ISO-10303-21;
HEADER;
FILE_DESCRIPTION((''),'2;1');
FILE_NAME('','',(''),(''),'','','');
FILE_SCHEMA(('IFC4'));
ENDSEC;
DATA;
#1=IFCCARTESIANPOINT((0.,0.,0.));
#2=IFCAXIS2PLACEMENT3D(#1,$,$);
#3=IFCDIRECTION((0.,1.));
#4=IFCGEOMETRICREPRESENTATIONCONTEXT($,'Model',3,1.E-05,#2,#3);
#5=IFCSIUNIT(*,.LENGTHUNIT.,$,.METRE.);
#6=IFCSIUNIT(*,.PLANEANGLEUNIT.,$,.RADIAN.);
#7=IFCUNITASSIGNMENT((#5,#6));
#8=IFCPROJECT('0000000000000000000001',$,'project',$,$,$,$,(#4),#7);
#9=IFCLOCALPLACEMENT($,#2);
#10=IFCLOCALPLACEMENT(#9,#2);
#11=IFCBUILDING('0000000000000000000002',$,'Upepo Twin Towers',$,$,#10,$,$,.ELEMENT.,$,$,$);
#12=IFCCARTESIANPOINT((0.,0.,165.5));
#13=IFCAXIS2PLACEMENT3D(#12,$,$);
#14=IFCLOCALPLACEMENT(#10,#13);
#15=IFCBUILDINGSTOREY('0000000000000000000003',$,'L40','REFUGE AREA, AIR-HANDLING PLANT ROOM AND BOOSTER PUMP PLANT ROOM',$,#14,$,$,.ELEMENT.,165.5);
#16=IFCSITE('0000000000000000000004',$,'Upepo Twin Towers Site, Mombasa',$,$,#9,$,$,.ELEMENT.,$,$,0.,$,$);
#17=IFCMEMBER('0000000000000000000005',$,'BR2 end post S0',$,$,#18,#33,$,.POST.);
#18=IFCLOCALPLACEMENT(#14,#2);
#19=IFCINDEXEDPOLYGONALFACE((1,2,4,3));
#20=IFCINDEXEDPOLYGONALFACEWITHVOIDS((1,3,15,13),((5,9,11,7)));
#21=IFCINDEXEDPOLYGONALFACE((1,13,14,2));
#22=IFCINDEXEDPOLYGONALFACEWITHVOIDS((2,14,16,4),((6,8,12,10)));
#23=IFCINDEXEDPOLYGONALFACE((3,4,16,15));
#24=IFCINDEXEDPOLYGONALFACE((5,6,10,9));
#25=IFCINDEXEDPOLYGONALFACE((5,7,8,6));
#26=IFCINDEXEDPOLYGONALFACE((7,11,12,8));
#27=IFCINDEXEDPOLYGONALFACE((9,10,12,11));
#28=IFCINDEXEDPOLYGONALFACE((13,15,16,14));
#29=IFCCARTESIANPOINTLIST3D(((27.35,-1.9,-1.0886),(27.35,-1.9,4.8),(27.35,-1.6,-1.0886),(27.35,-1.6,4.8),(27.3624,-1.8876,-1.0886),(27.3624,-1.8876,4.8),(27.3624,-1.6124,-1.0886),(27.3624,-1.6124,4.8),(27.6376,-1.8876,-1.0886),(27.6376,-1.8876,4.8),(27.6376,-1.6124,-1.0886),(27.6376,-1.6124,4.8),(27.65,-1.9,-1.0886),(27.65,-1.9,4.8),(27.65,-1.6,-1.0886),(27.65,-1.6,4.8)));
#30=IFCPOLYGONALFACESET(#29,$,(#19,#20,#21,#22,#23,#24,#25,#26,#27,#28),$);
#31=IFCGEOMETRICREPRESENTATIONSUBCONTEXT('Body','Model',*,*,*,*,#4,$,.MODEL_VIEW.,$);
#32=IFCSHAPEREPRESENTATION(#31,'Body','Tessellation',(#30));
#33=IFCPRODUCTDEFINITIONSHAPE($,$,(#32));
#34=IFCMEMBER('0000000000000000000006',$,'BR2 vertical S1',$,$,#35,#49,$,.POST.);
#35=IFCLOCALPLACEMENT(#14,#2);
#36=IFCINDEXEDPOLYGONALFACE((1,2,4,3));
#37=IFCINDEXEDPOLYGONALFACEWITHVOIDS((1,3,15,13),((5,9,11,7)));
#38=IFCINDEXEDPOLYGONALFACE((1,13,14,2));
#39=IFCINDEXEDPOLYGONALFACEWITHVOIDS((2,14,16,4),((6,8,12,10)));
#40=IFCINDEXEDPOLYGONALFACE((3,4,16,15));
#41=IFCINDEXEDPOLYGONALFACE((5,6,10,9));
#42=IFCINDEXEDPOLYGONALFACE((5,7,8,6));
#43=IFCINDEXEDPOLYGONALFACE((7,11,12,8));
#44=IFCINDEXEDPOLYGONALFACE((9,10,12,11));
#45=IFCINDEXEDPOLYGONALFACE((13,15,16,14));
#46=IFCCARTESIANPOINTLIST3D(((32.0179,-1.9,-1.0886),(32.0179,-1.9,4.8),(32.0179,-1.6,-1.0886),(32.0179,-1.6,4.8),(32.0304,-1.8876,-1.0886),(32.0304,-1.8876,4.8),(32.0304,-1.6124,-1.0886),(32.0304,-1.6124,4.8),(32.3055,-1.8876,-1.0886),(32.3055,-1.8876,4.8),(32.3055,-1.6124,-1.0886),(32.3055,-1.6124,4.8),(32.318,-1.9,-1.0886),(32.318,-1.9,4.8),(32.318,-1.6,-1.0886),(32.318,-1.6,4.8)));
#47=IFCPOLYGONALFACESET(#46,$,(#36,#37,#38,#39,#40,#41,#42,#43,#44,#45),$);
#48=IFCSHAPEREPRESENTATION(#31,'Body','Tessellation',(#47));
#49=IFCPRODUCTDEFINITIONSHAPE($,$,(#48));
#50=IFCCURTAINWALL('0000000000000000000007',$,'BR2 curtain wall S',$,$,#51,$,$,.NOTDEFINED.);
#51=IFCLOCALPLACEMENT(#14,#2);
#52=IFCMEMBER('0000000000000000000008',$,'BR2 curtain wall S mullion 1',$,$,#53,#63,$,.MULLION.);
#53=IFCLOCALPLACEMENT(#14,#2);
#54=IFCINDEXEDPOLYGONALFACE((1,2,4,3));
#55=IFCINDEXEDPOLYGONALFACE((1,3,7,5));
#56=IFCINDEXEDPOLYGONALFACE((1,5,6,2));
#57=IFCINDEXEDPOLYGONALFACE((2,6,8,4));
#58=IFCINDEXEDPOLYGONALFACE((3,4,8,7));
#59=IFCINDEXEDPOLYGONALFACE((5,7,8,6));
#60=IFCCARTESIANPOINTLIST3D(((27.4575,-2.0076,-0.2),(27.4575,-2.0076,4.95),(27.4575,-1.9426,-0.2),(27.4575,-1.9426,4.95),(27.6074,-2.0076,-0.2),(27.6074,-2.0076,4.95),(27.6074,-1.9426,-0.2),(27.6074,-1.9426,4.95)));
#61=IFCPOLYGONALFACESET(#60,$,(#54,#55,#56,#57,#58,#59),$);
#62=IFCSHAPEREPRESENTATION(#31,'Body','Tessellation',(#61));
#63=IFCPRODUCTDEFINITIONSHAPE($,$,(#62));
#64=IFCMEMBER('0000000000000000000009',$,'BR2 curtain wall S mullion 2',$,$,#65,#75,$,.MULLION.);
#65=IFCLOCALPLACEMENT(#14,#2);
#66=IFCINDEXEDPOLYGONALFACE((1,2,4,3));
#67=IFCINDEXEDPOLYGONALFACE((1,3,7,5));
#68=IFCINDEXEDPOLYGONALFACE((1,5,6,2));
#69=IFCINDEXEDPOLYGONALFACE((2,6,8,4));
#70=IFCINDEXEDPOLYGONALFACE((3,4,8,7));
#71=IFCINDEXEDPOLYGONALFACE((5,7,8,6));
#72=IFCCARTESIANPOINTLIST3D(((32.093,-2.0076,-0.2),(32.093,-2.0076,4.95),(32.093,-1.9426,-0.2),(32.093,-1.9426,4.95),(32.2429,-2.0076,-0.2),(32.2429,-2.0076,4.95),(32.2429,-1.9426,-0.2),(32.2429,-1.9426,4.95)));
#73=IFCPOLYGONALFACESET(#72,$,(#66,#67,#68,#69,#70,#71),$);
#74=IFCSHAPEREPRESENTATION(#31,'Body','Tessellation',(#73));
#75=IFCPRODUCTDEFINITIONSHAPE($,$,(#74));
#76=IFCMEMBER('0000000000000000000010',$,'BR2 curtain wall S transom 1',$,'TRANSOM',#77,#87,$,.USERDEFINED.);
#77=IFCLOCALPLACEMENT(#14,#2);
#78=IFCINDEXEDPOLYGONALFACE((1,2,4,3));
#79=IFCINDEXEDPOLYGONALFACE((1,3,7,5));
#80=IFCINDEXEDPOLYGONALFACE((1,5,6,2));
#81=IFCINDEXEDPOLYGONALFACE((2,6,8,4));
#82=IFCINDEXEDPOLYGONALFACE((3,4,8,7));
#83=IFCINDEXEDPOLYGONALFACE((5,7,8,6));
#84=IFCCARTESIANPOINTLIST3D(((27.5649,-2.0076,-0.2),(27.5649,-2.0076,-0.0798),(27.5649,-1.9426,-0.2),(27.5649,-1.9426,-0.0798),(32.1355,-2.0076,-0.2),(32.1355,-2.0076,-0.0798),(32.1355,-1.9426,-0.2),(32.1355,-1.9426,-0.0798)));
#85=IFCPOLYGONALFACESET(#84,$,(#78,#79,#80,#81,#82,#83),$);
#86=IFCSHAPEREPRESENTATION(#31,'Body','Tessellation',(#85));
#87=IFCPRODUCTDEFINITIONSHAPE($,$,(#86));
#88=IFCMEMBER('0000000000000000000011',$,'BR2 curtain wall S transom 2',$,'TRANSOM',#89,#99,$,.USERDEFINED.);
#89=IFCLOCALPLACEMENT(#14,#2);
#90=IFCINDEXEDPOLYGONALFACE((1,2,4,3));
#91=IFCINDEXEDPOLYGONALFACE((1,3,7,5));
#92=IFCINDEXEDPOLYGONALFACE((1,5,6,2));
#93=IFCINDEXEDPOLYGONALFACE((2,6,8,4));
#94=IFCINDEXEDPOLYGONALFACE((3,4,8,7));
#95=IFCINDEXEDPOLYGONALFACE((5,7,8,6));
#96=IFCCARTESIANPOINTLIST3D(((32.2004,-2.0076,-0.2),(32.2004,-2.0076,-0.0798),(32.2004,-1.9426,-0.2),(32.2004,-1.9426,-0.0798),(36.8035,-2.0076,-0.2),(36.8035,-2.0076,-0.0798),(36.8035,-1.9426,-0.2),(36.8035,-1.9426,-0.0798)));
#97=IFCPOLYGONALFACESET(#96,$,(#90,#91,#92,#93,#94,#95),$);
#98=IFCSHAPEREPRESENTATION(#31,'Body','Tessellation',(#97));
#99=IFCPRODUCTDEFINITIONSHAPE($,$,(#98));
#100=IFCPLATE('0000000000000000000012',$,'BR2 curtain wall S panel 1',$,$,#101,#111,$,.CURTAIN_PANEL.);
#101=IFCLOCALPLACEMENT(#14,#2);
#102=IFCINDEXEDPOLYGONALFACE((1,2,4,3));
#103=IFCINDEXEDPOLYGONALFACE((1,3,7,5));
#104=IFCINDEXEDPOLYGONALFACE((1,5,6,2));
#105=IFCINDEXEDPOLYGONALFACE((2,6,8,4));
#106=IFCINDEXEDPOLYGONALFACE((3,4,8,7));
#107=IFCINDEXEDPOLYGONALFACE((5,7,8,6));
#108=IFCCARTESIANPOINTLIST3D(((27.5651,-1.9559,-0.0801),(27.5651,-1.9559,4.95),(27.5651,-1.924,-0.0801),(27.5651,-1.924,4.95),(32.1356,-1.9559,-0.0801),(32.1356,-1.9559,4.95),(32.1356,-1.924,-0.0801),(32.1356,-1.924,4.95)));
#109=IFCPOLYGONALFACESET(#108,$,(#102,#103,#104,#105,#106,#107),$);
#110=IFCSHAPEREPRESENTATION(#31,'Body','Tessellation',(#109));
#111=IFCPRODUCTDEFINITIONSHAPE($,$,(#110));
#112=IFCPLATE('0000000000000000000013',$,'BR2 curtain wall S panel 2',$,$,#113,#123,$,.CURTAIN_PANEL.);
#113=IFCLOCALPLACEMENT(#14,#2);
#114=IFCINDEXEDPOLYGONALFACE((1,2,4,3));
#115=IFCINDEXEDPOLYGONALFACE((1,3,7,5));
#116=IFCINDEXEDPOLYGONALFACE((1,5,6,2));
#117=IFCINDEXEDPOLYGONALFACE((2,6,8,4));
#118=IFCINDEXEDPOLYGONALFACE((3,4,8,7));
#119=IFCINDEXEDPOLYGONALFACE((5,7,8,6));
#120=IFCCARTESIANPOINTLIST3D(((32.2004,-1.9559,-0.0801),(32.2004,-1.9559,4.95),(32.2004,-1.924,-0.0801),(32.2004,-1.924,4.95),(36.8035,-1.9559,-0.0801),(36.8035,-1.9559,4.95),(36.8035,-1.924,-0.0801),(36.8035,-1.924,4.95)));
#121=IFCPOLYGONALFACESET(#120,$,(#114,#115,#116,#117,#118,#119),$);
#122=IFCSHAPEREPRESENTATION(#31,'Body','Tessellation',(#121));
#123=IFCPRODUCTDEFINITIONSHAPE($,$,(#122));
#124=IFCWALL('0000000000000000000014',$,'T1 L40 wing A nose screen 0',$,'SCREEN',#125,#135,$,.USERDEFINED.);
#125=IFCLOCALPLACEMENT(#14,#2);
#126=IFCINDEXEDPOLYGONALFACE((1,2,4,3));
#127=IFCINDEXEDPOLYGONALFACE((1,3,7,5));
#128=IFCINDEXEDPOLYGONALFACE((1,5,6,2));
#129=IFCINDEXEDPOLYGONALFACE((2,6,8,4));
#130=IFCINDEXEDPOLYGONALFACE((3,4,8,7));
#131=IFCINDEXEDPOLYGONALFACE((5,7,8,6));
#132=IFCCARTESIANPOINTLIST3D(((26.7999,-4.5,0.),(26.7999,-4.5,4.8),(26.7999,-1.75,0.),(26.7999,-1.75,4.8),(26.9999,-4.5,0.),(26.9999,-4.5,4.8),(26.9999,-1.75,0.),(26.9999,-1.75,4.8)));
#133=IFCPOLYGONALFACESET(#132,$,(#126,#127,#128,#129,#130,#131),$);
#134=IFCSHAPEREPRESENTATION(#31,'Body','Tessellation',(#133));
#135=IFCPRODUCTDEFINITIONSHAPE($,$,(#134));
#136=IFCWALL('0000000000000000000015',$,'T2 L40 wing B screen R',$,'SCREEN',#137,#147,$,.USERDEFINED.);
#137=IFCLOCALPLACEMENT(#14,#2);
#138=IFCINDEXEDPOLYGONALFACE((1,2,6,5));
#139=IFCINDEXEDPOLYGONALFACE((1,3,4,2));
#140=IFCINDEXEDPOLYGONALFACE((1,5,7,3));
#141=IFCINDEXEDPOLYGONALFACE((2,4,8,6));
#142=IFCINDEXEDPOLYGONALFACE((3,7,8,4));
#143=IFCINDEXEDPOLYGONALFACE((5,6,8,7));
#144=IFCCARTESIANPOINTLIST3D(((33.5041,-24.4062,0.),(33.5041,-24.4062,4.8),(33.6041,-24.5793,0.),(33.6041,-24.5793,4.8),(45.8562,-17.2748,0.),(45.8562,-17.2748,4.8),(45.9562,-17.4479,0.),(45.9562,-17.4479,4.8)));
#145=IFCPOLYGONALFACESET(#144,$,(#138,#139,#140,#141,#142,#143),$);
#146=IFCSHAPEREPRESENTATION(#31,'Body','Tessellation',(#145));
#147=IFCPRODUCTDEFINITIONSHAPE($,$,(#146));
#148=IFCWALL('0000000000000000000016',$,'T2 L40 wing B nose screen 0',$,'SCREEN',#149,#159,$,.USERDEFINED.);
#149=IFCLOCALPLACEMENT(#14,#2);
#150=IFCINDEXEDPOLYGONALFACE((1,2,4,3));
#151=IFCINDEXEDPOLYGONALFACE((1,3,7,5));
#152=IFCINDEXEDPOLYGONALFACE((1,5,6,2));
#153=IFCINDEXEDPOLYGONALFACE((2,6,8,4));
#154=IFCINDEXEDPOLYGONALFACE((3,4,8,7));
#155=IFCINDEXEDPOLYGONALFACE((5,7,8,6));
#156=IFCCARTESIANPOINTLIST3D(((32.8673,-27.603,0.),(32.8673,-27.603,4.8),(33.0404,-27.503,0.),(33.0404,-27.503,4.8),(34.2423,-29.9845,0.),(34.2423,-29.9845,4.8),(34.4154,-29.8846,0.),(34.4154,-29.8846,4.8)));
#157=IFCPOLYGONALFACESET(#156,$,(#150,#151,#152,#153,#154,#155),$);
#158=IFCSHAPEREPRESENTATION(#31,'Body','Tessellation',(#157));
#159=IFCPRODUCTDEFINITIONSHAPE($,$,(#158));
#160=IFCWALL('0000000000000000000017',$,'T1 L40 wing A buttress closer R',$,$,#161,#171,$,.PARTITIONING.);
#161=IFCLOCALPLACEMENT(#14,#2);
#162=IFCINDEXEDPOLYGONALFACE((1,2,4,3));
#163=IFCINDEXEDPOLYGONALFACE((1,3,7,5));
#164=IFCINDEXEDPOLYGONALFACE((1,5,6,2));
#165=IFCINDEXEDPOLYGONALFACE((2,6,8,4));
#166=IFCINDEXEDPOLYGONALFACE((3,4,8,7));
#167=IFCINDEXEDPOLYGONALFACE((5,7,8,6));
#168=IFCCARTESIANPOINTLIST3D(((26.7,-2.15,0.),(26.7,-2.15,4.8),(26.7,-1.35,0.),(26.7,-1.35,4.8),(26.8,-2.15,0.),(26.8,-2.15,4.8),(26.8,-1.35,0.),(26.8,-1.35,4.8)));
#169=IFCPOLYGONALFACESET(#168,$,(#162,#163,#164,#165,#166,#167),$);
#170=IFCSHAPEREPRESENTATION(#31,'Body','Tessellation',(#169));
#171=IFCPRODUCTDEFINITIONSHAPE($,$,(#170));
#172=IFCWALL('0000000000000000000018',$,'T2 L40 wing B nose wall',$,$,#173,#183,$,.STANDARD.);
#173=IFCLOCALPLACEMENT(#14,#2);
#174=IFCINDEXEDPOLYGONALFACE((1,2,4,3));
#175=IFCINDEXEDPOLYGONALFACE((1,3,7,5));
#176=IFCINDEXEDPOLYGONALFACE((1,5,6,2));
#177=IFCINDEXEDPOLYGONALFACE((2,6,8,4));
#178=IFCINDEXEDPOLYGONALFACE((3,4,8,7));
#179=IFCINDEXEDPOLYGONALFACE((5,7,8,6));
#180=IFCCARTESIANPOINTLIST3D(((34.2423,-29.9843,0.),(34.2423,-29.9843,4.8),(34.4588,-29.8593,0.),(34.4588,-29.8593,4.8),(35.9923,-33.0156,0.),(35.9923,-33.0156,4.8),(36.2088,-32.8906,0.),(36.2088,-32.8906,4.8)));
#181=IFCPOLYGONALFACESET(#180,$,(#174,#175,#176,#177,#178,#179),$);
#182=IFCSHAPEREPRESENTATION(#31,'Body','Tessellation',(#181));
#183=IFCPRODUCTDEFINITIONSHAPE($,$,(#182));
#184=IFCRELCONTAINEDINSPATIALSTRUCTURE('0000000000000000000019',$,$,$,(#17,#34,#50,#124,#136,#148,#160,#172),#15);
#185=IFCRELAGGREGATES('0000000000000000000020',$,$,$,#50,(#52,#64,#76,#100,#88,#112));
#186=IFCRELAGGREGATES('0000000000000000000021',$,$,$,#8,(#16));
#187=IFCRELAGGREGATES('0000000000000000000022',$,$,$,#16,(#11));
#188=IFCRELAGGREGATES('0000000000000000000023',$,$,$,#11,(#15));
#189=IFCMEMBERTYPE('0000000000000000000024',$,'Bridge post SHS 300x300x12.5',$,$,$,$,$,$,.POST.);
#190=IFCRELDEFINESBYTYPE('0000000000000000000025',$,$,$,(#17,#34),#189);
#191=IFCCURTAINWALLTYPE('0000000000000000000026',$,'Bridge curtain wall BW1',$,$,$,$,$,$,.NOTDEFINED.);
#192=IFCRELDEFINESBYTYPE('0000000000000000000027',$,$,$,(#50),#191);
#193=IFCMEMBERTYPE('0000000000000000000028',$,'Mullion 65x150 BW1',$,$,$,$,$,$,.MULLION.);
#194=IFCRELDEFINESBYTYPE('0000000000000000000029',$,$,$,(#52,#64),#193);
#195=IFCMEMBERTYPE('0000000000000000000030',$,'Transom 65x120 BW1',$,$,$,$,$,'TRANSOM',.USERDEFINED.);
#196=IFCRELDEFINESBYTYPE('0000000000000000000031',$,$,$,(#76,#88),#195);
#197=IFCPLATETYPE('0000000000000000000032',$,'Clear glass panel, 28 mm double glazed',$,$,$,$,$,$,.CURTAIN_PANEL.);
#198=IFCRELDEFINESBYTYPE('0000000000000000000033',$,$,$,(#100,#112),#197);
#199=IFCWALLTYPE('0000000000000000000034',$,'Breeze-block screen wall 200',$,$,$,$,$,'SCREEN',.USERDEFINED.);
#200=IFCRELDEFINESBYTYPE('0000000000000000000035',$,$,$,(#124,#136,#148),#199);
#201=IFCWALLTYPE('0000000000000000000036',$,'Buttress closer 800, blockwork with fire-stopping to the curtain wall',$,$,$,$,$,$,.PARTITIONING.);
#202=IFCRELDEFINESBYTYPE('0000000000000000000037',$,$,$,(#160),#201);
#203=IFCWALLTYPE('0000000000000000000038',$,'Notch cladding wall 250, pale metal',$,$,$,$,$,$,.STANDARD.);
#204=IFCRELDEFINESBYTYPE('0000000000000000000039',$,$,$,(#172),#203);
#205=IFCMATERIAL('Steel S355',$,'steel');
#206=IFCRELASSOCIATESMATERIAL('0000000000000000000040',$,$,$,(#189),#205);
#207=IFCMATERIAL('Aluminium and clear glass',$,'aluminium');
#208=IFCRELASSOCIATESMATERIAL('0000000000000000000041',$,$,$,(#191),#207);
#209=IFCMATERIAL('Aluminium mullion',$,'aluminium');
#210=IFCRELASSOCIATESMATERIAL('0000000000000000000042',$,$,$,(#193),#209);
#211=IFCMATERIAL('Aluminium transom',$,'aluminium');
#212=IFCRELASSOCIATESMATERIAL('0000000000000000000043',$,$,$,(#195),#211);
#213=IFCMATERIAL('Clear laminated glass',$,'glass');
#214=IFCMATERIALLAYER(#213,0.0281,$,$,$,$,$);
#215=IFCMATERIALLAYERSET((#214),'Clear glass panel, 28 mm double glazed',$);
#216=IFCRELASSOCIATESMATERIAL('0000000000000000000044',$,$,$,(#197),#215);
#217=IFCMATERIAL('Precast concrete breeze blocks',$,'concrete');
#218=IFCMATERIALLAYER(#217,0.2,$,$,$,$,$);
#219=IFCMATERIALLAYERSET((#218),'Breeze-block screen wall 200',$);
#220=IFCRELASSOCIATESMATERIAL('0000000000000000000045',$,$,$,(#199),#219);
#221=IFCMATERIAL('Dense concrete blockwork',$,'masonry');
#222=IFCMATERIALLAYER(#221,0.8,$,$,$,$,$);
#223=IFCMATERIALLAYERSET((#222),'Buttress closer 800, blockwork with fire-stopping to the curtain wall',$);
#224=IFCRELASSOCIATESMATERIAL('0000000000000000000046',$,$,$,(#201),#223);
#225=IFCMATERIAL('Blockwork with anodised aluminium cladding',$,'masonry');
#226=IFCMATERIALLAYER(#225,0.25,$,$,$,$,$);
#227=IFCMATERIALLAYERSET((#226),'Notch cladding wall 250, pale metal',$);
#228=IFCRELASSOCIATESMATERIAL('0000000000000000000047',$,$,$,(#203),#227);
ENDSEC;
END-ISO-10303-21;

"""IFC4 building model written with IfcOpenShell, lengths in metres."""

from ifc_helpers import new_model, si_unit, direction, frame, frame_2d, origin, origin_2d, place, context, subcontext, project, spatial, rectangle, hollow_rectangle, extrude, material, layer, layer_set, material_profile, profile_set, type_object, element, aggregate, save


model = new_model("IFC4")

# Units and contexts
model_context = context("Model", 3, precision=1e-05, world=origin(), true_north=direction((0.0, 1.0)))
body_context = subcontext(model_context, "Body", "Model", "MODEL_VIEW")
ifc_project = project(units=[si_unit("LENGTHUNIT", "METRE"), si_unit("PLANEANGLEUNIT", "RADIAN")], contexts=[model_context])

# Site, building, storey
site_placement = place(None, origin())
site = spatial("IfcSite", under=ifc_project, at=site_placement, Name="Upepo Twin Towers Site, Mombasa", CompositionType="ELEMENT", RefElevation=0.0)
building_placement = place(site_placement, origin())
building = spatial("IfcBuilding", under=site, at=building_placement, Name="Upepo Twin Towers", CompositionType="ELEMENT")
storey_placement = place(building_placement, frame((0.0, 0.0, 165.5)))
storey = spatial("IfcBuildingStorey", under=building, at=storey_placement, Name="L40", Description="REFUGE AREA, AIR-HANDLING PLANT ROOM AND BOOSTER PUMP PLANT ROOM", CompositionType="ELEMENT", Elevation=165.5)

# Members
ifc_material_1 = material(Name="Steel S355", Category="steel")
ifc_material_profile_1 = material_profile(ifc_material_1, hollow_rectangle(XDim=0.3, YDim=0.3, WallThickness=0.0125, at=origin_2d()), Name="SHS 300x300x12.5")
ifc_profile_set_1 = profile_set([ifc_material_profile_1], Name="Steel S355")
member_type_1 = type_object("IfcMemberType", Name="Bridge post SHS 300x300x12.5", PredefinedType="POST", material=ifc_profile_set_1)
for number, where, z_axis, x_axis, name in (
    (1, (27.5, -1.75, -1.0886), (0.0, 0.0, 1.0), (1.0, 0.0, 0.0), "BR2 end post S0"),
    (2, (32.168, -1.75, -1.0886), (0.0, 0.0, 1.0), (1.0, 0.0, 0.0), "BR2 vertical S1"),
):
    element("IfcMember", number, at=place(storey_placement, frame(where, z_axis=z_axis, x_axis=x_axis)), inside=storey, type_object=member_type_1, Name=name, PredefinedType="POST", context=body_context, shape_type="SweptSolid", body=[
        extrude(hollow_rectangle(XDim=0.3, YDim=0.3, WallThickness=0.0125, at=origin_2d()), origin(), (0.0, 0.0, 1.0), 5.8887),
    ])

# Curtain wall, members, plates
ifc_material_2 = material(Name="Aluminium and clear glass", Category="aluminium")
curtain_wall_type = type_object("IfcCurtainWallType", Name="Bridge curtain wall BW1", PredefinedType="NOTDEFINED", material=ifc_material_2)
curtain_wall_placement = place(storey_placement, origin())
curtain_wall = element("IfcCurtainWall", 3, at=curtain_wall_placement, inside=storey, type_object=curtain_wall_type, Name="BR2 curtain wall S", PredefinedType="NOTDEFINED")
ifc_material_3 = material(Name="Aluminium mullion", Category="aluminium")
ifc_material_profile_2 = material_profile(ifc_material_3, rectangle(XDim=0.0649, YDim=0.1499, at=origin_2d()), Name="MULLION 65x150 BRIDGE")
ifc_profile_set_2 = profile_set([ifc_material_profile_2], Name="Aluminium mullion")
member_type_2 = type_object("IfcMemberType", Name="Mullion 65x150 BW1", PredefinedType="MULLION", material=ifc_profile_set_2)
member_1_placement = place(storey_placement, frame((27.5325, -1.9751, -0.2), z_axis=(0.0, 0.0, 1.0), x_axis=(0.0, 1.0, 0.0)))
member_1 = element("IfcMember", 4, at=member_1_placement, type_object=member_type_2, Name="BR2 curtain wall S mullion 1", PredefinedType="MULLION", context=body_context, shape_type="SweptSolid", body=[
    extrude(rectangle(XDim=0.0649, YDim=0.1499, at=origin_2d()), origin(), (0.0, 0.0, 1.0), 5.1499),
])
member_2_placement = place(storey_placement, frame((32.168, -1.9751, -0.2), z_axis=(0.0, 0.0, 1.0), x_axis=(0.0, 1.0, 0.0)))
member_2 = element("IfcMember", 5, at=member_2_placement, type_object=member_type_2, Name="BR2 curtain wall S mullion 2", PredefinedType="MULLION", context=body_context, shape_type="SweptSolid", body=[
    extrude(rectangle(XDim=0.0649, YDim=0.1499, at=origin_2d()), origin(), (0.0, 0.0, 1.0), 5.1499),
])
ifc_material_4 = material(Name="Aluminium transom", Category="aluminium")
ifc_material_profile_3 = material_profile(ifc_material_4, rectangle(XDim=0.0649, YDim=0.1201, at=origin_2d()), Name="TRANSOM 65x120 BRIDGE")
ifc_profile_set_3 = profile_set([ifc_material_profile_3], Name="Aluminium transom")
member_type_3 = type_object("IfcMemberType", Name="Transom 65x120 BW1", ElementType="TRANSOM", PredefinedType="USERDEFINED", material=ifc_profile_set_3)
member_3_placement = place(storey_placement, frame((27.5649, -1.9751, -0.1399), z_axis=(1.0, 0.0, 0.0), x_axis=(0.0, 1.0, 0.0)))
member_3 = element("IfcMember", 6, at=member_3_placement, type_object=member_type_3, Name="BR2 curtain wall S transom 1", ObjectType="TRANSOM", PredefinedType="USERDEFINED", context=body_context, shape_type="SweptSolid", body=[
    extrude(rectangle(XDim=0.0649, YDim=0.1201, at=origin_2d()), origin(), (0.0, 0.0, 1.0), 4.5706),
])
member_4_placement = place(storey_placement, frame((32.2004, -1.9751, -0.1399), z_axis=(1.0, 0.0, 0.0), x_axis=(0.0, 1.0, 0.0)))
member_4 = element("IfcMember", 7, at=member_4_placement, type_object=member_type_3, Name="BR2 curtain wall S transom 2", ObjectType="TRANSOM", PredefinedType="USERDEFINED", context=body_context, shape_type="SweptSolid", body=[
    extrude(rectangle(XDim=0.0649, YDim=0.1201, at=origin_2d()), origin(), (0.0, 0.0, 1.0), 4.603),
])
ifc_material_5 = material(Name="Clear laminated glass", Category="glass")
ifc_layer_1 = layer(ifc_material_5, 0.0281)
ifc_layer_set_1 = layer_set([ifc_layer_1], Name="Clear glass panel, 28 mm double glazed")
plate_type = type_object("IfcPlateType", Name="Clear glass panel, 28 mm double glazed", PredefinedType="CURTAIN_PANEL", material=ifc_layer_set_1)
plate_1_placement = place(storey_placement, frame((29.8503, -1.9399, -0.0801), z_axis=(0.0, 0.0, 1.0), x_axis=(1.0, 0.0, 0.0)))
plate_1 = element("IfcPlate", 8, at=plate_1_placement, type_object=plate_type, Name="BR2 curtain wall S panel 1", PredefinedType="CURTAIN_PANEL", context=body_context, shape_type="SweptSolid", body=[
    extrude(rectangle(XDim=4.5706, YDim=0.032, at=origin_2d()), origin(), (0.0, 0.0, 1.0), 5.03),
])
plate_2_placement = place(storey_placement, frame((34.502, -1.9399, -0.0801), z_axis=(0.0, 0.0, 1.0), x_axis=(1.0, 0.0, 0.0)))
plate_2 = element("IfcPlate", 9, at=plate_2_placement, type_object=plate_type, Name="BR2 curtain wall S panel 2", PredefinedType="CURTAIN_PANEL", context=body_context, shape_type="SweptSolid", body=[
    extrude(rectangle(XDim=4.603, YDim=0.032, at=origin_2d()), origin(), (0.0, 0.0, 1.0), 5.03),
])
aggregate(curtain_wall, [member_1, member_2, member_3, plate_1, member_4, plate_2])

# Walls
ifc_material_6 = material(Name="Precast concrete breeze blocks", Category="concrete")
ifc_layer_2 = layer(ifc_material_6, 0.2)
ifc_layer_set_2 = layer_set([ifc_layer_2], Name="Breeze-block screen wall 200")
wall_type_1 = type_object("IfcWallType", Name="Breeze-block screen wall 200", ElementType="SCREEN", PredefinedType="USERDEFINED", material=ifc_layer_set_2)
wall_1_placement = place(storey_placement, frame((26.8999, -4.5, 0.0), z_axis=(0.0, 0.0, 1.0), x_axis=(0.0, 1.0, 0.0)))
element("IfcWall", 10, at=wall_1_placement, inside=storey, type_object=wall_type_1, Name="T1 L40 wing A nose screen 0", ObjectType="SCREEN", PredefinedType="USERDEFINED", context=body_context, shape_type="SweptSolid", body=[
    extrude(rectangle(XDim=2.75, YDim=0.2, at=frame_2d((1.375, 0.0))), origin(), (0.0, 0.0, 1.0), 4.8),
])
wall_2_placement = place(storey_placement, frame((33.5542, -24.4927, 0.0), z_axis=(0.0, 0.0, 1.0), x_axis=(0.866029, 0.499994, 0.0)))
element("IfcWall", 11, at=wall_2_placement, inside=storey, type_object=wall_type_1, Name="T2 L40 wing B screen R", ObjectType="SCREEN", PredefinedType="USERDEFINED", context=body_context, shape_type="SweptSolid", body=[
    extrude(rectangle(XDim=14.2629, YDim=0.2, at=frame_2d((7.1313, 0.0))), origin(), (0.0, 0.0, 1.0), 4.8),
])
wall_3_placement = place(storey_placement, frame((32.9539, -27.553, 0.0), z_axis=(0.0, 0.0, 1.0), x_axis=(0.499997, -0.866027, 0.0)))
element("IfcWall", 12, at=wall_3_placement, inside=storey, type_object=wall_type_1, Name="T2 L40 wing B nose screen 0", ObjectType="SCREEN", PredefinedType="USERDEFINED", context=body_context, shape_type="SweptSolid", body=[
    extrude(rectangle(XDim=2.75, YDim=0.2, at=frame_2d((1.375, 0.0))), origin(), (0.0, 0.0, 1.0), 4.8),
])
ifc_material_7 = material(Name="Dense concrete blockwork", Category="masonry")
ifc_layer_3 = layer(ifc_material_7, 0.8)
ifc_layer_set_3 = layer_set([ifc_layer_3], Name="Buttress closer 800, blockwork with fire-stopping to the curtain wall")
wall_type_2 = type_object("IfcWallType", Name="Buttress closer 800, blockwork with fire-stopping to the curtain wall", PredefinedType="PARTITIONING", material=ifc_layer_set_3)
wall_4_placement = place(storey_placement, frame((26.7, -1.75, 0.0), z_axis=(0.0, 0.0, 1.0), x_axis=(1.0, 0.0, 0.0)))
element("IfcWall", 13, at=wall_4_placement, inside=storey, type_object=wall_type_2, Name="T1 L40 wing A buttress closer R", PredefinedType="PARTITIONING", context=body_context, shape_type="SweptSolid", body=[
    extrude(rectangle(XDim=0.1001, YDim=0.8, at=frame_2d((0.05, 0.0))), origin(), (0.0, 0.0, 1.0), 4.8),
])
ifc_material_8 = material(Name="Blockwork with anodised aluminium cladding", Category="masonry")
ifc_layer_4 = layer(ifc_material_8, 0.25)
ifc_layer_set_4 = layer_set([ifc_layer_4], Name="Notch cladding wall 250, pale metal")
wall_type_3 = type_object("IfcWallType", Name="Notch cladding wall 250, pale metal", PredefinedType="STANDARD", material=ifc_layer_set_4)
wall_5_placement = place(storey_placement, frame((34.3506, -29.9219, 0.0), z_axis=(0.0, 0.0, 1.0), x_axis=(0.49998, -0.866037, 0.0)))
element("IfcWall", 14, at=wall_5_placement, inside=storey, type_object=wall_type_3, Name="T2 L40 wing B nose wall", PredefinedType="STANDARD", context=body_context, shape_type="SweptSolid", body=[
    extrude(rectangle(XDim=3.5002, YDim=0.25, at=frame_2d((1.75, 0.0))), origin(), (0.0, 0.0, 1.0), 4.8),
])

save(model, "model.ifc")
